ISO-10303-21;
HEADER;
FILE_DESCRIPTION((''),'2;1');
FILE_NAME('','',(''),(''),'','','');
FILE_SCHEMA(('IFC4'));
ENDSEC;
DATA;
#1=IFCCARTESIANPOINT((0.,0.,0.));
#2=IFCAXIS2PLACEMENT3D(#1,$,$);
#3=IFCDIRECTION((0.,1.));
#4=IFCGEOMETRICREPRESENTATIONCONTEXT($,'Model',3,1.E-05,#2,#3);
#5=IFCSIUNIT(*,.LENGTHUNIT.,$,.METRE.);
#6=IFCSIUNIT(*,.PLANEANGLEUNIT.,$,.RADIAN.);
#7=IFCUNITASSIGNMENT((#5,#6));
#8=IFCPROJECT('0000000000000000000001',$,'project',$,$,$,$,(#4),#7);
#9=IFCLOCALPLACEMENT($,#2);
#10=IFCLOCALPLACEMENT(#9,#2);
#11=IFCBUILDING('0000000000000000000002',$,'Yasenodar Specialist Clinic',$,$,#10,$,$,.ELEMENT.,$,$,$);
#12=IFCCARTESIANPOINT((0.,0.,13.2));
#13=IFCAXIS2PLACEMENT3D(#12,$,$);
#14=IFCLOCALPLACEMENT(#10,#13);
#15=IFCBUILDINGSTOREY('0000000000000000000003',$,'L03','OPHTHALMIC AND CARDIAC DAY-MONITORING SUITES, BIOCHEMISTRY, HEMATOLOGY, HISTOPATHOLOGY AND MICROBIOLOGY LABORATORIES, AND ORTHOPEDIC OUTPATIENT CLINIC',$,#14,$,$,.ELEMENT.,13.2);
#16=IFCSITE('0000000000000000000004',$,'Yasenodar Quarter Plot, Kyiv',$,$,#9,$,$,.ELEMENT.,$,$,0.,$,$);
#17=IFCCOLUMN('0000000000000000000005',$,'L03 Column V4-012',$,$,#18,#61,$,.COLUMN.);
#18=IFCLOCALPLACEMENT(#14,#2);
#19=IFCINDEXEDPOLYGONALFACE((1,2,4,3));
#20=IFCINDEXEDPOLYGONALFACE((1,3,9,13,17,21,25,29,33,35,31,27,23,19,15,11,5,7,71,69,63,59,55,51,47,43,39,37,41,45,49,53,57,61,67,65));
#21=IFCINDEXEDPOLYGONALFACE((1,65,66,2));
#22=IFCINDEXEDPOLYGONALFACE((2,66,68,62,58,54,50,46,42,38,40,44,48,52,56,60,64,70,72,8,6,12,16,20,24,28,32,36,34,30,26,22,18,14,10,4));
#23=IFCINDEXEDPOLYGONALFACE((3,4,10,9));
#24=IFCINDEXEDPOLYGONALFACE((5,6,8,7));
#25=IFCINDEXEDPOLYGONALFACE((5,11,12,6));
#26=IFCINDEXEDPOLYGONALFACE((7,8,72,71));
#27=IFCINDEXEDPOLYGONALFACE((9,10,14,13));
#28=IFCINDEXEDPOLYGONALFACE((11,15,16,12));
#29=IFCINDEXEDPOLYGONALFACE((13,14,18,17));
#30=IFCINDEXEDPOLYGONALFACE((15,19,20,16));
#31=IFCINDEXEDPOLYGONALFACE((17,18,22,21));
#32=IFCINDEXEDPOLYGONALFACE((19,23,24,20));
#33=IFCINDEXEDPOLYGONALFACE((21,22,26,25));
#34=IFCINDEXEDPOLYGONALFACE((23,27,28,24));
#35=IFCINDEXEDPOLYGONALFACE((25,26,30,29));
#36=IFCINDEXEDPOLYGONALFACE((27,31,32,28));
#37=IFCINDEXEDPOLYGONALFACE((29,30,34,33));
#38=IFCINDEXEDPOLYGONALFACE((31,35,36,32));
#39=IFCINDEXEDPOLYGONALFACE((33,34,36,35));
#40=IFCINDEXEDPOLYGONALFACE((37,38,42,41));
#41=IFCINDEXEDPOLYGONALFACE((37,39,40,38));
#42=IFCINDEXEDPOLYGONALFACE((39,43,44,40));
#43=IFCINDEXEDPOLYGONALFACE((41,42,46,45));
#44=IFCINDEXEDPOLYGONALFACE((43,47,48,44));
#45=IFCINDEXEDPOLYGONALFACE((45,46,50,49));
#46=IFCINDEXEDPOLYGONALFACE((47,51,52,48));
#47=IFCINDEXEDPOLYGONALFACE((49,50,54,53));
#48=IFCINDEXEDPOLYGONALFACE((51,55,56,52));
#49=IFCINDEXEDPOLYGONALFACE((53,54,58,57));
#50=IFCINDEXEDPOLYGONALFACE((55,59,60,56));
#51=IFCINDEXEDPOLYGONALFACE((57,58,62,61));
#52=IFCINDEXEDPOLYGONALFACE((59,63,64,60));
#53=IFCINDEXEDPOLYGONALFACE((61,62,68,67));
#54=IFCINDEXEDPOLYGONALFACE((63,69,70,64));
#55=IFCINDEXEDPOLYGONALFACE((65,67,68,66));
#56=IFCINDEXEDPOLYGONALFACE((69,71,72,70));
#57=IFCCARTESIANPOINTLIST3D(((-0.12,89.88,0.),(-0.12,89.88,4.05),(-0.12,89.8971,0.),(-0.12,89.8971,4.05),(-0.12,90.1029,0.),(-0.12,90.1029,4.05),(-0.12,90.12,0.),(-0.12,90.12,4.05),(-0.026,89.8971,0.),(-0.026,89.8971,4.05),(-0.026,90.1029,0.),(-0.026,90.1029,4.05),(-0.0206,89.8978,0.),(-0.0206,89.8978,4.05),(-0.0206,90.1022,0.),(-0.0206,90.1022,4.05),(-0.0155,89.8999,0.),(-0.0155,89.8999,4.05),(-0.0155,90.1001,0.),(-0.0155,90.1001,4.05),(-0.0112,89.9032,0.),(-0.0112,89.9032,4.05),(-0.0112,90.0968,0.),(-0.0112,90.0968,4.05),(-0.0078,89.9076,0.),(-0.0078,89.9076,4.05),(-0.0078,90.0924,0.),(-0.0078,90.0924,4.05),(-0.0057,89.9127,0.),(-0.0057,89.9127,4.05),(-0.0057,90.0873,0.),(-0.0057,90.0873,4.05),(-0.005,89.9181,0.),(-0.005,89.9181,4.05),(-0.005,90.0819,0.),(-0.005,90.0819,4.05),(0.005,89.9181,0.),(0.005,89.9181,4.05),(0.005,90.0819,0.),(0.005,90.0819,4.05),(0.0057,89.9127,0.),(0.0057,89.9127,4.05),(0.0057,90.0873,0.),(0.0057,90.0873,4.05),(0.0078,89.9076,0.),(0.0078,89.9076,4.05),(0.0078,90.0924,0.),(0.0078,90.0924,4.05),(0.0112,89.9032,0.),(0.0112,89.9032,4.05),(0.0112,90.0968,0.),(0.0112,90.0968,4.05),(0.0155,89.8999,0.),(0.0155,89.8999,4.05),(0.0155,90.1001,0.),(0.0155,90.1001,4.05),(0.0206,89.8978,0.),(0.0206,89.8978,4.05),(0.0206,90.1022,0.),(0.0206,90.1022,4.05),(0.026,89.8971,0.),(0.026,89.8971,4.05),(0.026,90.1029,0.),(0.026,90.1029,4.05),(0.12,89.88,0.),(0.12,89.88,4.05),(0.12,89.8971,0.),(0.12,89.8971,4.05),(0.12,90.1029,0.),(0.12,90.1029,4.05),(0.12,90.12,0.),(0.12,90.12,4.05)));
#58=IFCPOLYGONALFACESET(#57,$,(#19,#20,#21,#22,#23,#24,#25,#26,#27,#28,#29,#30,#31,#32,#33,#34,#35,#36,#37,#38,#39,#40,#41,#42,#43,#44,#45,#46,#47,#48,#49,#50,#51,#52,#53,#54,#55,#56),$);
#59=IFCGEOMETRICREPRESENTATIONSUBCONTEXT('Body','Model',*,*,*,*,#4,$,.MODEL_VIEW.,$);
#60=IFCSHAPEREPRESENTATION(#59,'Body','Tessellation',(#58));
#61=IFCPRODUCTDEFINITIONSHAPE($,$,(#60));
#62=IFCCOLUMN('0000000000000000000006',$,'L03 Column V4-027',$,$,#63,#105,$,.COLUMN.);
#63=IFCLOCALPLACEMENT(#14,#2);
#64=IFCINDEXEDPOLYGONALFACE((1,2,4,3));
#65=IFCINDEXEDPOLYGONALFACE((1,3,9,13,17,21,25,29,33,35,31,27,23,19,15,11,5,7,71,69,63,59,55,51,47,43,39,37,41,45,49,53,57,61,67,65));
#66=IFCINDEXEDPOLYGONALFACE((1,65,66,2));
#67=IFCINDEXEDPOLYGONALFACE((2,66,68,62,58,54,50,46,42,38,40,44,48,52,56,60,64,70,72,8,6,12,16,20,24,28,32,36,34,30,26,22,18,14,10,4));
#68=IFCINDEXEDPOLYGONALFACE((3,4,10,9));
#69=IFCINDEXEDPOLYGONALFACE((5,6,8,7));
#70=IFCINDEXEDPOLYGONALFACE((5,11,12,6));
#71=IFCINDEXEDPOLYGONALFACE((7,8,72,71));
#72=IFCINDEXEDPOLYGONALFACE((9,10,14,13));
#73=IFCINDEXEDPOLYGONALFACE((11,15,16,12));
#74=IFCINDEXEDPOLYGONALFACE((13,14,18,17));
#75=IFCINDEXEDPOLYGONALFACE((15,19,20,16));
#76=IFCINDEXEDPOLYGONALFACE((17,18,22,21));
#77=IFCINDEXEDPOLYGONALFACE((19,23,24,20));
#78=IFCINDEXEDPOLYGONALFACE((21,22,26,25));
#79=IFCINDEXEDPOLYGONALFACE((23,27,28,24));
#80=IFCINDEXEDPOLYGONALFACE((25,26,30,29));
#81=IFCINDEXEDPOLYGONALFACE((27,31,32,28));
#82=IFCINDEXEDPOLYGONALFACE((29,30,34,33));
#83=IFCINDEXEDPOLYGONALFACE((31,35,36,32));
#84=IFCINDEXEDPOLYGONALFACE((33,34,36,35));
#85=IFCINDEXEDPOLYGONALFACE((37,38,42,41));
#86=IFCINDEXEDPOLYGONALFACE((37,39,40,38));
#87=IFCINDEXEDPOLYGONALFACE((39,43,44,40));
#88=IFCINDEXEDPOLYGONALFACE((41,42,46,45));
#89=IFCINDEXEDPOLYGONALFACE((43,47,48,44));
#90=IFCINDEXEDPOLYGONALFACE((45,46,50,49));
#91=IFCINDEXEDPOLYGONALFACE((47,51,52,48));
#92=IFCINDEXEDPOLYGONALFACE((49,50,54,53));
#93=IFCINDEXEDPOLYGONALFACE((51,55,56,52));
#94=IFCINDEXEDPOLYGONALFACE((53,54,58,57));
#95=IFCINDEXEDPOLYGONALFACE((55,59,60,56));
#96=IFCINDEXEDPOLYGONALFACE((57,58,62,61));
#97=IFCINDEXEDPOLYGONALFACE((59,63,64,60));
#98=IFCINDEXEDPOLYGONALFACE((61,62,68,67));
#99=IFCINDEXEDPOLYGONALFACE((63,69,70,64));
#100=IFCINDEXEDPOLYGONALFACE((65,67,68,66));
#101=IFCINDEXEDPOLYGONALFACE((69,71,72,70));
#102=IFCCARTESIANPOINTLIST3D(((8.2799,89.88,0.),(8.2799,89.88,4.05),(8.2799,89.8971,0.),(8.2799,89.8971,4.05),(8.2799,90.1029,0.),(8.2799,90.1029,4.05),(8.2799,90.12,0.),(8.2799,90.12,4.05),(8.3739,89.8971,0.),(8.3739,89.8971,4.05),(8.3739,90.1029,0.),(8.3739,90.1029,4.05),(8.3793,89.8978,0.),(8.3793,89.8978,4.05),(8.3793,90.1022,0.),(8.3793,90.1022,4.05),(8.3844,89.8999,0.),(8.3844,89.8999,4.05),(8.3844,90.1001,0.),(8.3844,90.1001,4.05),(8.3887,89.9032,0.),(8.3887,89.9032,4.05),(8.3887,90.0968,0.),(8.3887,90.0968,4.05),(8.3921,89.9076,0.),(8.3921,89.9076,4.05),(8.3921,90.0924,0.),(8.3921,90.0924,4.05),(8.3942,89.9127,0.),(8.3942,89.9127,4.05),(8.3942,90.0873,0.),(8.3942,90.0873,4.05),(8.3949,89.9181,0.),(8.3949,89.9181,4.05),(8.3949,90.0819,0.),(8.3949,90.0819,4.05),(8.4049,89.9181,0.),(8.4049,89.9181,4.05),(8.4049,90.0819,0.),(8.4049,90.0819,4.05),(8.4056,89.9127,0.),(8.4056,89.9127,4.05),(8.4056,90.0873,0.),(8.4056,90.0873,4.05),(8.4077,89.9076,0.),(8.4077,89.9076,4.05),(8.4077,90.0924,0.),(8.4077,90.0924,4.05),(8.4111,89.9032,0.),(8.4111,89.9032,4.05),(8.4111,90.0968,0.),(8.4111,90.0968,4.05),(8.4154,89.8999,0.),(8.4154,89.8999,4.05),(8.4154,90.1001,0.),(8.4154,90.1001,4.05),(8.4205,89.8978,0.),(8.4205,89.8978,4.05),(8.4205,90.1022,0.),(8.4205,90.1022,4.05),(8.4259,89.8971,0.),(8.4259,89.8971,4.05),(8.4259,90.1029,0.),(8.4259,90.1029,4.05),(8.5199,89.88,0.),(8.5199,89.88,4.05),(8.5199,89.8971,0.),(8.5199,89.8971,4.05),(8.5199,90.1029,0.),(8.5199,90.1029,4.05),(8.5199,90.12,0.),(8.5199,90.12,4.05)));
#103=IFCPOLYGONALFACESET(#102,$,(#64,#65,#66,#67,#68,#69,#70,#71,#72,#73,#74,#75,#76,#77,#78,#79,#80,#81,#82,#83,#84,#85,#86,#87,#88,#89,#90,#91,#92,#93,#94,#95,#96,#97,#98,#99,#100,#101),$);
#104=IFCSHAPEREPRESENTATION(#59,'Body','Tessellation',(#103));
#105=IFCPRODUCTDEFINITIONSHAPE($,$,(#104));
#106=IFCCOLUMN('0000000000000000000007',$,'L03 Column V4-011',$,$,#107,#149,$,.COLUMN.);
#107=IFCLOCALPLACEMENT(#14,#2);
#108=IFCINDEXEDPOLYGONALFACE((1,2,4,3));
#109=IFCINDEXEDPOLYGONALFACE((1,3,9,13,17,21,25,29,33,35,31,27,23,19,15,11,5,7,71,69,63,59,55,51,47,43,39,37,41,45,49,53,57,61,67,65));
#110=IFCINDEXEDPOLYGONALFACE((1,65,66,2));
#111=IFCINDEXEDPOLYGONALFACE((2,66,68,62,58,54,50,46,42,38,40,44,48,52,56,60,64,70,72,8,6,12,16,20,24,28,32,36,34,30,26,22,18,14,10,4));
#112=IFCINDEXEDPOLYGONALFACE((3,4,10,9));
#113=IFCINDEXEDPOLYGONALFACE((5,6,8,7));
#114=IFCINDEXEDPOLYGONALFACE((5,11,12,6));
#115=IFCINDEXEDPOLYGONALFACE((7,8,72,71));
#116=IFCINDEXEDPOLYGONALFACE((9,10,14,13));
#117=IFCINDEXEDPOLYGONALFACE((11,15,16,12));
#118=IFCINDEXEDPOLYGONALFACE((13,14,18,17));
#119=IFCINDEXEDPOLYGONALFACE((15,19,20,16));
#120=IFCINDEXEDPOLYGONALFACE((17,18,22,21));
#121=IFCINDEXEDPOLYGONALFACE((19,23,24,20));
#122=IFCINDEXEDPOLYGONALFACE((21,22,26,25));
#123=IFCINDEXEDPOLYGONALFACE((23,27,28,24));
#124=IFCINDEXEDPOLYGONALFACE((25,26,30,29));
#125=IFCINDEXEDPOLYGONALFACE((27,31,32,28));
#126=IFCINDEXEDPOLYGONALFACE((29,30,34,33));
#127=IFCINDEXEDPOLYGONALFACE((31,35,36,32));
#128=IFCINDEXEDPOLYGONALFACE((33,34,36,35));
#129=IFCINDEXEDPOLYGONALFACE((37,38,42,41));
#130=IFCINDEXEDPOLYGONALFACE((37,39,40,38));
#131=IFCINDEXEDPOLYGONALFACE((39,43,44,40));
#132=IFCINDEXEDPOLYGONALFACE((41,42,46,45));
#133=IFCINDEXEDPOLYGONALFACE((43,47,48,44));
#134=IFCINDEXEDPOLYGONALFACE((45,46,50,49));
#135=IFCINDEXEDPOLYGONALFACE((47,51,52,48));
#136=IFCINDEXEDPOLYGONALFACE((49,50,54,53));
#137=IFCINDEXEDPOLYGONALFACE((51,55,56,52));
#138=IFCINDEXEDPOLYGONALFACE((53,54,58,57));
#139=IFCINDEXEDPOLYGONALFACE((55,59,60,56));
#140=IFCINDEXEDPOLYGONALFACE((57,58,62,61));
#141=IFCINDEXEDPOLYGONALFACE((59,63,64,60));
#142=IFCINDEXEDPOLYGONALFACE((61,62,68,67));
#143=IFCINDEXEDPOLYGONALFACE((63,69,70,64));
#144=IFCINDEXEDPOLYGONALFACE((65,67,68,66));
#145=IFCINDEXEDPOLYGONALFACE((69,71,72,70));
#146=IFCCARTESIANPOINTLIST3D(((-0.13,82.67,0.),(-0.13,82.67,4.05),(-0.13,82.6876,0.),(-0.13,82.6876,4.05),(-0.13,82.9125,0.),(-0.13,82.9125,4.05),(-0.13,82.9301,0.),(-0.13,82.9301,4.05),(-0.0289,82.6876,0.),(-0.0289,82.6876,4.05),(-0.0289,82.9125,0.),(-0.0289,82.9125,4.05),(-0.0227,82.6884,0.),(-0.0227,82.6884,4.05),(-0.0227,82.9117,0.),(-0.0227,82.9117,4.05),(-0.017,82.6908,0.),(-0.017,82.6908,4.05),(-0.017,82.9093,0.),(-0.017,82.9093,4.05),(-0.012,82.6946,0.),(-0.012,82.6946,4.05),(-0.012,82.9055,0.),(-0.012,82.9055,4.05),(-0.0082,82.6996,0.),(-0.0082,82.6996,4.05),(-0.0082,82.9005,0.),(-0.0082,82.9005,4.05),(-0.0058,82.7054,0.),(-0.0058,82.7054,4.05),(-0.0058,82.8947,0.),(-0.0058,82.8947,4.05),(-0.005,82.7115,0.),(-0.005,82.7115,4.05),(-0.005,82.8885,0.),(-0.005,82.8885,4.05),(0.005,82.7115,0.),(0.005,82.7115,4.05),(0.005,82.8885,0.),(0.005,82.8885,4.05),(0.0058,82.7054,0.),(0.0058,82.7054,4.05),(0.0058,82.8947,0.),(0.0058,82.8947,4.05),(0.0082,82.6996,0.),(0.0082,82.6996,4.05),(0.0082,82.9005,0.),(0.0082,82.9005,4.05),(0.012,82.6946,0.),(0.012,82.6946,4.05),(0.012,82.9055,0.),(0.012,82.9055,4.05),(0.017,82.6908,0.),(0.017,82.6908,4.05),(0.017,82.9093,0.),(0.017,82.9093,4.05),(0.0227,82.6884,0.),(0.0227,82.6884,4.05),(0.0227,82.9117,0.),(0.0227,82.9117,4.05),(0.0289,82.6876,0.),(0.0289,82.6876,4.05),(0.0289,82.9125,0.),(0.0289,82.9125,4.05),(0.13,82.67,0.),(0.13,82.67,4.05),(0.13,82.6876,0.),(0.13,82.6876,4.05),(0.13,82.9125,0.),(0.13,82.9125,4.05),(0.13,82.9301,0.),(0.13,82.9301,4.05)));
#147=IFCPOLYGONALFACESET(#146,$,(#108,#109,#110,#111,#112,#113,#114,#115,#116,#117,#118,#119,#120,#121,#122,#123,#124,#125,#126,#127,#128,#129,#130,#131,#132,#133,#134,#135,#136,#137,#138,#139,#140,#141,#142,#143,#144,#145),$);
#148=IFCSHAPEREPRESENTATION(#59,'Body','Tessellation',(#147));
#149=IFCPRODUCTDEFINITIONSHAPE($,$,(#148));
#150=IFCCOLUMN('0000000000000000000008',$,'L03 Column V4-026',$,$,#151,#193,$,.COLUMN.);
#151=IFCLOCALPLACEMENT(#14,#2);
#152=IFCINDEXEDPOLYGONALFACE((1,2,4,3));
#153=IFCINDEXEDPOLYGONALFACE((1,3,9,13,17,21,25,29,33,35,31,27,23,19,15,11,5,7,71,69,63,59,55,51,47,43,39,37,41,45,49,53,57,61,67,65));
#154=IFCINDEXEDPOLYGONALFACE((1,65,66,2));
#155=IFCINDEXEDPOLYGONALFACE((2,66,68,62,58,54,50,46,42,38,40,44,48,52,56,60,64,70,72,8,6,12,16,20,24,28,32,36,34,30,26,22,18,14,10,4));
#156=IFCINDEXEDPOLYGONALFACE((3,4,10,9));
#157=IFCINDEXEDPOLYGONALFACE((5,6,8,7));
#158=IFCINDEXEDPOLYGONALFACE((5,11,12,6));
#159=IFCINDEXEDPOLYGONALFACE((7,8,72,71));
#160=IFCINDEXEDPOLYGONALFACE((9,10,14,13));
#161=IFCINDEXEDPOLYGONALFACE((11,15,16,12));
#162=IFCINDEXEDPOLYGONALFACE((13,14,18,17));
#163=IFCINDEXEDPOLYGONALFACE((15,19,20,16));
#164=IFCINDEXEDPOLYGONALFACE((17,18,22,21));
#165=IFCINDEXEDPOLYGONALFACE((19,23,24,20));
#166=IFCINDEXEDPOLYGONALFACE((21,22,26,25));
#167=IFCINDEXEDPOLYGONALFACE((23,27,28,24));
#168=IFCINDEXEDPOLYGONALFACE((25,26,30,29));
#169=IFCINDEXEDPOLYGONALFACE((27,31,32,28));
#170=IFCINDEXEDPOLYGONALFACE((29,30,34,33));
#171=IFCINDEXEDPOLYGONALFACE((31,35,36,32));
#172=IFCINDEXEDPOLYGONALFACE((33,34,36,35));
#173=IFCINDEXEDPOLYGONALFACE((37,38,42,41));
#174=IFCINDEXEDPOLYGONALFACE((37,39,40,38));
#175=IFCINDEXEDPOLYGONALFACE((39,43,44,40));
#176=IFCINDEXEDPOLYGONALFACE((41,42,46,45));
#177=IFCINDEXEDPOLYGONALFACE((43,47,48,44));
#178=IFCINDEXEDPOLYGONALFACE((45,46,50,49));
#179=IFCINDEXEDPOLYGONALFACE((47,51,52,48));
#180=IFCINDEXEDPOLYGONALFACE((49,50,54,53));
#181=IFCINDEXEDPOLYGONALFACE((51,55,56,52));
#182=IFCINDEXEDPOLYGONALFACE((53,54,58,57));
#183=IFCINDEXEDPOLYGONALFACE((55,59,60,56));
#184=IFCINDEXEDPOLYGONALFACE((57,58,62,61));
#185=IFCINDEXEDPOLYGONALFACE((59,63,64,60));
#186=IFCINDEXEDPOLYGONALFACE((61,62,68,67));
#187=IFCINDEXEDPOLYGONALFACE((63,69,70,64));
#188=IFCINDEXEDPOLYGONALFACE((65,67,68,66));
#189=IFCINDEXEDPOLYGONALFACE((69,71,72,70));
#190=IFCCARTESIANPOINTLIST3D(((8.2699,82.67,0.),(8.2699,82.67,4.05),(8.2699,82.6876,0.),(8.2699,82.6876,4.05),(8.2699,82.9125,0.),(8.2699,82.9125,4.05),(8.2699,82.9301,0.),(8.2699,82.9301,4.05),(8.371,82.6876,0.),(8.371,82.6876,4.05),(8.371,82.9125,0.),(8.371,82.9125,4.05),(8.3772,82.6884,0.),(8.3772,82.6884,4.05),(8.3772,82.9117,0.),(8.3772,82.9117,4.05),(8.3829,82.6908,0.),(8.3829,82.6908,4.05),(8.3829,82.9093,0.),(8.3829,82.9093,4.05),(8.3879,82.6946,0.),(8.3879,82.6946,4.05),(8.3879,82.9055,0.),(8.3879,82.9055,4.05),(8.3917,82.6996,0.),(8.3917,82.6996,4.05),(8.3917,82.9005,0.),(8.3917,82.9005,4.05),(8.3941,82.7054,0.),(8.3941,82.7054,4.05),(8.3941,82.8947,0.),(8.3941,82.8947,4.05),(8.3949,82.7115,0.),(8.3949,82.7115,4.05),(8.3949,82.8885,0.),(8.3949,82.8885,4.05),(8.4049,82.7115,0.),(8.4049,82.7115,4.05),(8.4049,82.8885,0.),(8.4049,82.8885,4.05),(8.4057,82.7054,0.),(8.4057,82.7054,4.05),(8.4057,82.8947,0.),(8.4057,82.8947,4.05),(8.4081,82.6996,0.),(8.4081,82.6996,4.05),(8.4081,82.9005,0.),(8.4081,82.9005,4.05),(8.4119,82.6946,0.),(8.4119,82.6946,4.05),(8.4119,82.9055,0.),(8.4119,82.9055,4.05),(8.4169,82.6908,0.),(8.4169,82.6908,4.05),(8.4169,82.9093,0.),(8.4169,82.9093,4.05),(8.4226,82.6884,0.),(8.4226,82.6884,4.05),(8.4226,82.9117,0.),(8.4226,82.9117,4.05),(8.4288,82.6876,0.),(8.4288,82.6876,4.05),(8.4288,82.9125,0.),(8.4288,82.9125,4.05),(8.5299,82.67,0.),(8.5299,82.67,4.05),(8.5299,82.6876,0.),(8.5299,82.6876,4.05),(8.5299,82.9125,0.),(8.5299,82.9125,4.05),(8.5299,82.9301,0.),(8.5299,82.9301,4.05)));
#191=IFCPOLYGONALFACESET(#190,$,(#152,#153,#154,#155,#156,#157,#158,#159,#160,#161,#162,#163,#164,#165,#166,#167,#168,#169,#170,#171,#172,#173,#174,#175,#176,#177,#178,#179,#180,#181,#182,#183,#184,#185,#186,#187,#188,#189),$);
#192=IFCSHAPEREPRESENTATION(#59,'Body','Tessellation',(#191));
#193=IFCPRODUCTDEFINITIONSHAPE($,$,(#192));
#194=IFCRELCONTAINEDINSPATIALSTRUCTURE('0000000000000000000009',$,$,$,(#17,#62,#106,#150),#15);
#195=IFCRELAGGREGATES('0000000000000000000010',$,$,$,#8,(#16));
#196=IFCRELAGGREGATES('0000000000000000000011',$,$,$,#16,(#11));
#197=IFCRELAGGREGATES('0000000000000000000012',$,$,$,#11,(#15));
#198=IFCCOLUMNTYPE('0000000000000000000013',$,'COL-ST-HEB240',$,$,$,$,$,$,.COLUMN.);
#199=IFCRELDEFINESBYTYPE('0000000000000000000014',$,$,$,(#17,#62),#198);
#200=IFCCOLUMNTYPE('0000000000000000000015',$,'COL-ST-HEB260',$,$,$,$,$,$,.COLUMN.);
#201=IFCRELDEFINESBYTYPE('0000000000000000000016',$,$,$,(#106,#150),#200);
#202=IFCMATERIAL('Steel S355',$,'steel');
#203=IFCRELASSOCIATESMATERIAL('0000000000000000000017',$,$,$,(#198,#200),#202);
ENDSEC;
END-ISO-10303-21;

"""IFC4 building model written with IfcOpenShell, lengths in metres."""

from ifc_helpers import new_model, si_unit, direction, frame, origin, origin_2d, place, context, subcontext, project, spatial, i_section, extrude, material, material_profile, profile_set, type_object, element, save


model = new_model("IFC4")

# Units and contexts
model_context = context("Model", 3, precision=1e-05, world=origin(), true_north=direction((0.0, 1.0)))
body_context = subcontext(model_context, "Body", "Model", "MODEL_VIEW")
ifc_project = project(units=[si_unit("LENGTHUNIT", "METRE"), si_unit("PLANEANGLEUNIT", "RADIAN")], contexts=[model_context])

# Site, building, storey
site_placement = place(None, origin())
site = spatial("IfcSite", under=ifc_project, at=site_placement, Name="Yasenodar Quarter Plot, Kyiv", CompositionType="ELEMENT", RefElevation=0.0)
building_placement = place(site_placement, origin())
building = spatial("IfcBuilding", under=site, at=building_placement, Name="Yasenodar Specialist Clinic", CompositionType="ELEMENT")
storey_placement = place(building_placement, frame((0.0, 0.0, 13.2)))
storey = spatial("IfcBuildingStorey", under=building, at=storey_placement, Name="L03", Description="OPHTHALMIC AND CARDIAC DAY-MONITORING SUITES, BIOCHEMISTRY, HEMATOLOGY, HISTOPATHOLOGY AND MICROBIOLOGY LABORATORIES, AND ORTHOPEDIC OUTPATIENT CLINIC", CompositionType="ELEMENT", Elevation=13.2)

# Columns
ifc_material_1 = material(Name="Steel S355", Category="steel")
ifc_material_profile_1 = material_profile(ifc_material_1, i_section(OverallWidth=0.24, OverallDepth=0.24, WebThickness=0.01, FlangeThickness=0.0171, FilletRadius=0.021, at=origin_2d()), Name="HEB 240")
ifc_profile_set_1 = profile_set([ifc_material_profile_1], Name="Steel S355")
column_type_1 = type_object("IfcColumnType", Name="COL-ST-HEB240", PredefinedType="COLUMN", material=ifc_profile_set_1)
for number, where, z_axis, x_axis, name in (
    (1, (0.0, 90.0, 0.0), (0.0, 0.0, 1.0), (1.0, 0.0, 0.0), "L03 Column V4-012"),
    (2, (8.3999, 90.0, 0.0), (0.0, 0.0, 1.0), (1.0, 0.0, 0.0), "L03 Column V4-027"),
):
    element("IfcColumn", number, at=place(storey_placement, frame(where, z_axis=z_axis, x_axis=x_axis)), inside=storey, type_object=column_type_1, Name=name, PredefinedType="COLUMN", context=body_context, shape_type="SweptSolid", body=[
        extrude(i_section(OverallWidth=0.24, OverallDepth=0.24, WebThickness=0.01, FlangeThickness=0.0171, FilletRadius=0.021, at=origin_2d()), origin(), (0.0, 0.0, 1.0), 4.05),
    ])
ifc_material_profile_2 = material_profile(ifc_material_1, i_section(OverallWidth=0.26, OverallDepth=0.26, WebThickness=0.01, FlangeThickness=0.0176, FilletRadius=0.0239, at=origin_2d()), Name="HEB 260")
ifc_profile_set_2 = profile_set([ifc_material_profile_2], Name="Steel S355")
column_type_2 = type_object("IfcColumnType", Name="COL-ST-HEB260", PredefinedType="COLUMN", material=ifc_profile_set_2)
for number, where, z_axis, x_axis, name in (
    (3, (0.0, 82.8, 0.0), (0.0, 0.0, 1.0), (1.0, 0.0, 0.0), "L03 Column V4-011"),
    (4, (8.3999, 82.8, 0.0), (0.0, 0.0, 1.0), (1.0, 0.0, 0.0), "L03 Column V4-026"),
):
    element("IfcColumn", number, at=place(storey_placement, frame(where, z_axis=z_axis, x_axis=x_axis)), inside=storey, type_object=column_type_2, Name=name, PredefinedType="COLUMN", context=body_context, shape_type="SweptSolid", body=[
        extrude(i_section(OverallWidth=0.26, OverallDepth=0.26, WebThickness=0.01, FlangeThickness=0.0176, FilletRadius=0.0239, at=origin_2d()), origin(), (0.0, 0.0, 1.0), 4.05),
    ])

save(model, "model.ifc")
